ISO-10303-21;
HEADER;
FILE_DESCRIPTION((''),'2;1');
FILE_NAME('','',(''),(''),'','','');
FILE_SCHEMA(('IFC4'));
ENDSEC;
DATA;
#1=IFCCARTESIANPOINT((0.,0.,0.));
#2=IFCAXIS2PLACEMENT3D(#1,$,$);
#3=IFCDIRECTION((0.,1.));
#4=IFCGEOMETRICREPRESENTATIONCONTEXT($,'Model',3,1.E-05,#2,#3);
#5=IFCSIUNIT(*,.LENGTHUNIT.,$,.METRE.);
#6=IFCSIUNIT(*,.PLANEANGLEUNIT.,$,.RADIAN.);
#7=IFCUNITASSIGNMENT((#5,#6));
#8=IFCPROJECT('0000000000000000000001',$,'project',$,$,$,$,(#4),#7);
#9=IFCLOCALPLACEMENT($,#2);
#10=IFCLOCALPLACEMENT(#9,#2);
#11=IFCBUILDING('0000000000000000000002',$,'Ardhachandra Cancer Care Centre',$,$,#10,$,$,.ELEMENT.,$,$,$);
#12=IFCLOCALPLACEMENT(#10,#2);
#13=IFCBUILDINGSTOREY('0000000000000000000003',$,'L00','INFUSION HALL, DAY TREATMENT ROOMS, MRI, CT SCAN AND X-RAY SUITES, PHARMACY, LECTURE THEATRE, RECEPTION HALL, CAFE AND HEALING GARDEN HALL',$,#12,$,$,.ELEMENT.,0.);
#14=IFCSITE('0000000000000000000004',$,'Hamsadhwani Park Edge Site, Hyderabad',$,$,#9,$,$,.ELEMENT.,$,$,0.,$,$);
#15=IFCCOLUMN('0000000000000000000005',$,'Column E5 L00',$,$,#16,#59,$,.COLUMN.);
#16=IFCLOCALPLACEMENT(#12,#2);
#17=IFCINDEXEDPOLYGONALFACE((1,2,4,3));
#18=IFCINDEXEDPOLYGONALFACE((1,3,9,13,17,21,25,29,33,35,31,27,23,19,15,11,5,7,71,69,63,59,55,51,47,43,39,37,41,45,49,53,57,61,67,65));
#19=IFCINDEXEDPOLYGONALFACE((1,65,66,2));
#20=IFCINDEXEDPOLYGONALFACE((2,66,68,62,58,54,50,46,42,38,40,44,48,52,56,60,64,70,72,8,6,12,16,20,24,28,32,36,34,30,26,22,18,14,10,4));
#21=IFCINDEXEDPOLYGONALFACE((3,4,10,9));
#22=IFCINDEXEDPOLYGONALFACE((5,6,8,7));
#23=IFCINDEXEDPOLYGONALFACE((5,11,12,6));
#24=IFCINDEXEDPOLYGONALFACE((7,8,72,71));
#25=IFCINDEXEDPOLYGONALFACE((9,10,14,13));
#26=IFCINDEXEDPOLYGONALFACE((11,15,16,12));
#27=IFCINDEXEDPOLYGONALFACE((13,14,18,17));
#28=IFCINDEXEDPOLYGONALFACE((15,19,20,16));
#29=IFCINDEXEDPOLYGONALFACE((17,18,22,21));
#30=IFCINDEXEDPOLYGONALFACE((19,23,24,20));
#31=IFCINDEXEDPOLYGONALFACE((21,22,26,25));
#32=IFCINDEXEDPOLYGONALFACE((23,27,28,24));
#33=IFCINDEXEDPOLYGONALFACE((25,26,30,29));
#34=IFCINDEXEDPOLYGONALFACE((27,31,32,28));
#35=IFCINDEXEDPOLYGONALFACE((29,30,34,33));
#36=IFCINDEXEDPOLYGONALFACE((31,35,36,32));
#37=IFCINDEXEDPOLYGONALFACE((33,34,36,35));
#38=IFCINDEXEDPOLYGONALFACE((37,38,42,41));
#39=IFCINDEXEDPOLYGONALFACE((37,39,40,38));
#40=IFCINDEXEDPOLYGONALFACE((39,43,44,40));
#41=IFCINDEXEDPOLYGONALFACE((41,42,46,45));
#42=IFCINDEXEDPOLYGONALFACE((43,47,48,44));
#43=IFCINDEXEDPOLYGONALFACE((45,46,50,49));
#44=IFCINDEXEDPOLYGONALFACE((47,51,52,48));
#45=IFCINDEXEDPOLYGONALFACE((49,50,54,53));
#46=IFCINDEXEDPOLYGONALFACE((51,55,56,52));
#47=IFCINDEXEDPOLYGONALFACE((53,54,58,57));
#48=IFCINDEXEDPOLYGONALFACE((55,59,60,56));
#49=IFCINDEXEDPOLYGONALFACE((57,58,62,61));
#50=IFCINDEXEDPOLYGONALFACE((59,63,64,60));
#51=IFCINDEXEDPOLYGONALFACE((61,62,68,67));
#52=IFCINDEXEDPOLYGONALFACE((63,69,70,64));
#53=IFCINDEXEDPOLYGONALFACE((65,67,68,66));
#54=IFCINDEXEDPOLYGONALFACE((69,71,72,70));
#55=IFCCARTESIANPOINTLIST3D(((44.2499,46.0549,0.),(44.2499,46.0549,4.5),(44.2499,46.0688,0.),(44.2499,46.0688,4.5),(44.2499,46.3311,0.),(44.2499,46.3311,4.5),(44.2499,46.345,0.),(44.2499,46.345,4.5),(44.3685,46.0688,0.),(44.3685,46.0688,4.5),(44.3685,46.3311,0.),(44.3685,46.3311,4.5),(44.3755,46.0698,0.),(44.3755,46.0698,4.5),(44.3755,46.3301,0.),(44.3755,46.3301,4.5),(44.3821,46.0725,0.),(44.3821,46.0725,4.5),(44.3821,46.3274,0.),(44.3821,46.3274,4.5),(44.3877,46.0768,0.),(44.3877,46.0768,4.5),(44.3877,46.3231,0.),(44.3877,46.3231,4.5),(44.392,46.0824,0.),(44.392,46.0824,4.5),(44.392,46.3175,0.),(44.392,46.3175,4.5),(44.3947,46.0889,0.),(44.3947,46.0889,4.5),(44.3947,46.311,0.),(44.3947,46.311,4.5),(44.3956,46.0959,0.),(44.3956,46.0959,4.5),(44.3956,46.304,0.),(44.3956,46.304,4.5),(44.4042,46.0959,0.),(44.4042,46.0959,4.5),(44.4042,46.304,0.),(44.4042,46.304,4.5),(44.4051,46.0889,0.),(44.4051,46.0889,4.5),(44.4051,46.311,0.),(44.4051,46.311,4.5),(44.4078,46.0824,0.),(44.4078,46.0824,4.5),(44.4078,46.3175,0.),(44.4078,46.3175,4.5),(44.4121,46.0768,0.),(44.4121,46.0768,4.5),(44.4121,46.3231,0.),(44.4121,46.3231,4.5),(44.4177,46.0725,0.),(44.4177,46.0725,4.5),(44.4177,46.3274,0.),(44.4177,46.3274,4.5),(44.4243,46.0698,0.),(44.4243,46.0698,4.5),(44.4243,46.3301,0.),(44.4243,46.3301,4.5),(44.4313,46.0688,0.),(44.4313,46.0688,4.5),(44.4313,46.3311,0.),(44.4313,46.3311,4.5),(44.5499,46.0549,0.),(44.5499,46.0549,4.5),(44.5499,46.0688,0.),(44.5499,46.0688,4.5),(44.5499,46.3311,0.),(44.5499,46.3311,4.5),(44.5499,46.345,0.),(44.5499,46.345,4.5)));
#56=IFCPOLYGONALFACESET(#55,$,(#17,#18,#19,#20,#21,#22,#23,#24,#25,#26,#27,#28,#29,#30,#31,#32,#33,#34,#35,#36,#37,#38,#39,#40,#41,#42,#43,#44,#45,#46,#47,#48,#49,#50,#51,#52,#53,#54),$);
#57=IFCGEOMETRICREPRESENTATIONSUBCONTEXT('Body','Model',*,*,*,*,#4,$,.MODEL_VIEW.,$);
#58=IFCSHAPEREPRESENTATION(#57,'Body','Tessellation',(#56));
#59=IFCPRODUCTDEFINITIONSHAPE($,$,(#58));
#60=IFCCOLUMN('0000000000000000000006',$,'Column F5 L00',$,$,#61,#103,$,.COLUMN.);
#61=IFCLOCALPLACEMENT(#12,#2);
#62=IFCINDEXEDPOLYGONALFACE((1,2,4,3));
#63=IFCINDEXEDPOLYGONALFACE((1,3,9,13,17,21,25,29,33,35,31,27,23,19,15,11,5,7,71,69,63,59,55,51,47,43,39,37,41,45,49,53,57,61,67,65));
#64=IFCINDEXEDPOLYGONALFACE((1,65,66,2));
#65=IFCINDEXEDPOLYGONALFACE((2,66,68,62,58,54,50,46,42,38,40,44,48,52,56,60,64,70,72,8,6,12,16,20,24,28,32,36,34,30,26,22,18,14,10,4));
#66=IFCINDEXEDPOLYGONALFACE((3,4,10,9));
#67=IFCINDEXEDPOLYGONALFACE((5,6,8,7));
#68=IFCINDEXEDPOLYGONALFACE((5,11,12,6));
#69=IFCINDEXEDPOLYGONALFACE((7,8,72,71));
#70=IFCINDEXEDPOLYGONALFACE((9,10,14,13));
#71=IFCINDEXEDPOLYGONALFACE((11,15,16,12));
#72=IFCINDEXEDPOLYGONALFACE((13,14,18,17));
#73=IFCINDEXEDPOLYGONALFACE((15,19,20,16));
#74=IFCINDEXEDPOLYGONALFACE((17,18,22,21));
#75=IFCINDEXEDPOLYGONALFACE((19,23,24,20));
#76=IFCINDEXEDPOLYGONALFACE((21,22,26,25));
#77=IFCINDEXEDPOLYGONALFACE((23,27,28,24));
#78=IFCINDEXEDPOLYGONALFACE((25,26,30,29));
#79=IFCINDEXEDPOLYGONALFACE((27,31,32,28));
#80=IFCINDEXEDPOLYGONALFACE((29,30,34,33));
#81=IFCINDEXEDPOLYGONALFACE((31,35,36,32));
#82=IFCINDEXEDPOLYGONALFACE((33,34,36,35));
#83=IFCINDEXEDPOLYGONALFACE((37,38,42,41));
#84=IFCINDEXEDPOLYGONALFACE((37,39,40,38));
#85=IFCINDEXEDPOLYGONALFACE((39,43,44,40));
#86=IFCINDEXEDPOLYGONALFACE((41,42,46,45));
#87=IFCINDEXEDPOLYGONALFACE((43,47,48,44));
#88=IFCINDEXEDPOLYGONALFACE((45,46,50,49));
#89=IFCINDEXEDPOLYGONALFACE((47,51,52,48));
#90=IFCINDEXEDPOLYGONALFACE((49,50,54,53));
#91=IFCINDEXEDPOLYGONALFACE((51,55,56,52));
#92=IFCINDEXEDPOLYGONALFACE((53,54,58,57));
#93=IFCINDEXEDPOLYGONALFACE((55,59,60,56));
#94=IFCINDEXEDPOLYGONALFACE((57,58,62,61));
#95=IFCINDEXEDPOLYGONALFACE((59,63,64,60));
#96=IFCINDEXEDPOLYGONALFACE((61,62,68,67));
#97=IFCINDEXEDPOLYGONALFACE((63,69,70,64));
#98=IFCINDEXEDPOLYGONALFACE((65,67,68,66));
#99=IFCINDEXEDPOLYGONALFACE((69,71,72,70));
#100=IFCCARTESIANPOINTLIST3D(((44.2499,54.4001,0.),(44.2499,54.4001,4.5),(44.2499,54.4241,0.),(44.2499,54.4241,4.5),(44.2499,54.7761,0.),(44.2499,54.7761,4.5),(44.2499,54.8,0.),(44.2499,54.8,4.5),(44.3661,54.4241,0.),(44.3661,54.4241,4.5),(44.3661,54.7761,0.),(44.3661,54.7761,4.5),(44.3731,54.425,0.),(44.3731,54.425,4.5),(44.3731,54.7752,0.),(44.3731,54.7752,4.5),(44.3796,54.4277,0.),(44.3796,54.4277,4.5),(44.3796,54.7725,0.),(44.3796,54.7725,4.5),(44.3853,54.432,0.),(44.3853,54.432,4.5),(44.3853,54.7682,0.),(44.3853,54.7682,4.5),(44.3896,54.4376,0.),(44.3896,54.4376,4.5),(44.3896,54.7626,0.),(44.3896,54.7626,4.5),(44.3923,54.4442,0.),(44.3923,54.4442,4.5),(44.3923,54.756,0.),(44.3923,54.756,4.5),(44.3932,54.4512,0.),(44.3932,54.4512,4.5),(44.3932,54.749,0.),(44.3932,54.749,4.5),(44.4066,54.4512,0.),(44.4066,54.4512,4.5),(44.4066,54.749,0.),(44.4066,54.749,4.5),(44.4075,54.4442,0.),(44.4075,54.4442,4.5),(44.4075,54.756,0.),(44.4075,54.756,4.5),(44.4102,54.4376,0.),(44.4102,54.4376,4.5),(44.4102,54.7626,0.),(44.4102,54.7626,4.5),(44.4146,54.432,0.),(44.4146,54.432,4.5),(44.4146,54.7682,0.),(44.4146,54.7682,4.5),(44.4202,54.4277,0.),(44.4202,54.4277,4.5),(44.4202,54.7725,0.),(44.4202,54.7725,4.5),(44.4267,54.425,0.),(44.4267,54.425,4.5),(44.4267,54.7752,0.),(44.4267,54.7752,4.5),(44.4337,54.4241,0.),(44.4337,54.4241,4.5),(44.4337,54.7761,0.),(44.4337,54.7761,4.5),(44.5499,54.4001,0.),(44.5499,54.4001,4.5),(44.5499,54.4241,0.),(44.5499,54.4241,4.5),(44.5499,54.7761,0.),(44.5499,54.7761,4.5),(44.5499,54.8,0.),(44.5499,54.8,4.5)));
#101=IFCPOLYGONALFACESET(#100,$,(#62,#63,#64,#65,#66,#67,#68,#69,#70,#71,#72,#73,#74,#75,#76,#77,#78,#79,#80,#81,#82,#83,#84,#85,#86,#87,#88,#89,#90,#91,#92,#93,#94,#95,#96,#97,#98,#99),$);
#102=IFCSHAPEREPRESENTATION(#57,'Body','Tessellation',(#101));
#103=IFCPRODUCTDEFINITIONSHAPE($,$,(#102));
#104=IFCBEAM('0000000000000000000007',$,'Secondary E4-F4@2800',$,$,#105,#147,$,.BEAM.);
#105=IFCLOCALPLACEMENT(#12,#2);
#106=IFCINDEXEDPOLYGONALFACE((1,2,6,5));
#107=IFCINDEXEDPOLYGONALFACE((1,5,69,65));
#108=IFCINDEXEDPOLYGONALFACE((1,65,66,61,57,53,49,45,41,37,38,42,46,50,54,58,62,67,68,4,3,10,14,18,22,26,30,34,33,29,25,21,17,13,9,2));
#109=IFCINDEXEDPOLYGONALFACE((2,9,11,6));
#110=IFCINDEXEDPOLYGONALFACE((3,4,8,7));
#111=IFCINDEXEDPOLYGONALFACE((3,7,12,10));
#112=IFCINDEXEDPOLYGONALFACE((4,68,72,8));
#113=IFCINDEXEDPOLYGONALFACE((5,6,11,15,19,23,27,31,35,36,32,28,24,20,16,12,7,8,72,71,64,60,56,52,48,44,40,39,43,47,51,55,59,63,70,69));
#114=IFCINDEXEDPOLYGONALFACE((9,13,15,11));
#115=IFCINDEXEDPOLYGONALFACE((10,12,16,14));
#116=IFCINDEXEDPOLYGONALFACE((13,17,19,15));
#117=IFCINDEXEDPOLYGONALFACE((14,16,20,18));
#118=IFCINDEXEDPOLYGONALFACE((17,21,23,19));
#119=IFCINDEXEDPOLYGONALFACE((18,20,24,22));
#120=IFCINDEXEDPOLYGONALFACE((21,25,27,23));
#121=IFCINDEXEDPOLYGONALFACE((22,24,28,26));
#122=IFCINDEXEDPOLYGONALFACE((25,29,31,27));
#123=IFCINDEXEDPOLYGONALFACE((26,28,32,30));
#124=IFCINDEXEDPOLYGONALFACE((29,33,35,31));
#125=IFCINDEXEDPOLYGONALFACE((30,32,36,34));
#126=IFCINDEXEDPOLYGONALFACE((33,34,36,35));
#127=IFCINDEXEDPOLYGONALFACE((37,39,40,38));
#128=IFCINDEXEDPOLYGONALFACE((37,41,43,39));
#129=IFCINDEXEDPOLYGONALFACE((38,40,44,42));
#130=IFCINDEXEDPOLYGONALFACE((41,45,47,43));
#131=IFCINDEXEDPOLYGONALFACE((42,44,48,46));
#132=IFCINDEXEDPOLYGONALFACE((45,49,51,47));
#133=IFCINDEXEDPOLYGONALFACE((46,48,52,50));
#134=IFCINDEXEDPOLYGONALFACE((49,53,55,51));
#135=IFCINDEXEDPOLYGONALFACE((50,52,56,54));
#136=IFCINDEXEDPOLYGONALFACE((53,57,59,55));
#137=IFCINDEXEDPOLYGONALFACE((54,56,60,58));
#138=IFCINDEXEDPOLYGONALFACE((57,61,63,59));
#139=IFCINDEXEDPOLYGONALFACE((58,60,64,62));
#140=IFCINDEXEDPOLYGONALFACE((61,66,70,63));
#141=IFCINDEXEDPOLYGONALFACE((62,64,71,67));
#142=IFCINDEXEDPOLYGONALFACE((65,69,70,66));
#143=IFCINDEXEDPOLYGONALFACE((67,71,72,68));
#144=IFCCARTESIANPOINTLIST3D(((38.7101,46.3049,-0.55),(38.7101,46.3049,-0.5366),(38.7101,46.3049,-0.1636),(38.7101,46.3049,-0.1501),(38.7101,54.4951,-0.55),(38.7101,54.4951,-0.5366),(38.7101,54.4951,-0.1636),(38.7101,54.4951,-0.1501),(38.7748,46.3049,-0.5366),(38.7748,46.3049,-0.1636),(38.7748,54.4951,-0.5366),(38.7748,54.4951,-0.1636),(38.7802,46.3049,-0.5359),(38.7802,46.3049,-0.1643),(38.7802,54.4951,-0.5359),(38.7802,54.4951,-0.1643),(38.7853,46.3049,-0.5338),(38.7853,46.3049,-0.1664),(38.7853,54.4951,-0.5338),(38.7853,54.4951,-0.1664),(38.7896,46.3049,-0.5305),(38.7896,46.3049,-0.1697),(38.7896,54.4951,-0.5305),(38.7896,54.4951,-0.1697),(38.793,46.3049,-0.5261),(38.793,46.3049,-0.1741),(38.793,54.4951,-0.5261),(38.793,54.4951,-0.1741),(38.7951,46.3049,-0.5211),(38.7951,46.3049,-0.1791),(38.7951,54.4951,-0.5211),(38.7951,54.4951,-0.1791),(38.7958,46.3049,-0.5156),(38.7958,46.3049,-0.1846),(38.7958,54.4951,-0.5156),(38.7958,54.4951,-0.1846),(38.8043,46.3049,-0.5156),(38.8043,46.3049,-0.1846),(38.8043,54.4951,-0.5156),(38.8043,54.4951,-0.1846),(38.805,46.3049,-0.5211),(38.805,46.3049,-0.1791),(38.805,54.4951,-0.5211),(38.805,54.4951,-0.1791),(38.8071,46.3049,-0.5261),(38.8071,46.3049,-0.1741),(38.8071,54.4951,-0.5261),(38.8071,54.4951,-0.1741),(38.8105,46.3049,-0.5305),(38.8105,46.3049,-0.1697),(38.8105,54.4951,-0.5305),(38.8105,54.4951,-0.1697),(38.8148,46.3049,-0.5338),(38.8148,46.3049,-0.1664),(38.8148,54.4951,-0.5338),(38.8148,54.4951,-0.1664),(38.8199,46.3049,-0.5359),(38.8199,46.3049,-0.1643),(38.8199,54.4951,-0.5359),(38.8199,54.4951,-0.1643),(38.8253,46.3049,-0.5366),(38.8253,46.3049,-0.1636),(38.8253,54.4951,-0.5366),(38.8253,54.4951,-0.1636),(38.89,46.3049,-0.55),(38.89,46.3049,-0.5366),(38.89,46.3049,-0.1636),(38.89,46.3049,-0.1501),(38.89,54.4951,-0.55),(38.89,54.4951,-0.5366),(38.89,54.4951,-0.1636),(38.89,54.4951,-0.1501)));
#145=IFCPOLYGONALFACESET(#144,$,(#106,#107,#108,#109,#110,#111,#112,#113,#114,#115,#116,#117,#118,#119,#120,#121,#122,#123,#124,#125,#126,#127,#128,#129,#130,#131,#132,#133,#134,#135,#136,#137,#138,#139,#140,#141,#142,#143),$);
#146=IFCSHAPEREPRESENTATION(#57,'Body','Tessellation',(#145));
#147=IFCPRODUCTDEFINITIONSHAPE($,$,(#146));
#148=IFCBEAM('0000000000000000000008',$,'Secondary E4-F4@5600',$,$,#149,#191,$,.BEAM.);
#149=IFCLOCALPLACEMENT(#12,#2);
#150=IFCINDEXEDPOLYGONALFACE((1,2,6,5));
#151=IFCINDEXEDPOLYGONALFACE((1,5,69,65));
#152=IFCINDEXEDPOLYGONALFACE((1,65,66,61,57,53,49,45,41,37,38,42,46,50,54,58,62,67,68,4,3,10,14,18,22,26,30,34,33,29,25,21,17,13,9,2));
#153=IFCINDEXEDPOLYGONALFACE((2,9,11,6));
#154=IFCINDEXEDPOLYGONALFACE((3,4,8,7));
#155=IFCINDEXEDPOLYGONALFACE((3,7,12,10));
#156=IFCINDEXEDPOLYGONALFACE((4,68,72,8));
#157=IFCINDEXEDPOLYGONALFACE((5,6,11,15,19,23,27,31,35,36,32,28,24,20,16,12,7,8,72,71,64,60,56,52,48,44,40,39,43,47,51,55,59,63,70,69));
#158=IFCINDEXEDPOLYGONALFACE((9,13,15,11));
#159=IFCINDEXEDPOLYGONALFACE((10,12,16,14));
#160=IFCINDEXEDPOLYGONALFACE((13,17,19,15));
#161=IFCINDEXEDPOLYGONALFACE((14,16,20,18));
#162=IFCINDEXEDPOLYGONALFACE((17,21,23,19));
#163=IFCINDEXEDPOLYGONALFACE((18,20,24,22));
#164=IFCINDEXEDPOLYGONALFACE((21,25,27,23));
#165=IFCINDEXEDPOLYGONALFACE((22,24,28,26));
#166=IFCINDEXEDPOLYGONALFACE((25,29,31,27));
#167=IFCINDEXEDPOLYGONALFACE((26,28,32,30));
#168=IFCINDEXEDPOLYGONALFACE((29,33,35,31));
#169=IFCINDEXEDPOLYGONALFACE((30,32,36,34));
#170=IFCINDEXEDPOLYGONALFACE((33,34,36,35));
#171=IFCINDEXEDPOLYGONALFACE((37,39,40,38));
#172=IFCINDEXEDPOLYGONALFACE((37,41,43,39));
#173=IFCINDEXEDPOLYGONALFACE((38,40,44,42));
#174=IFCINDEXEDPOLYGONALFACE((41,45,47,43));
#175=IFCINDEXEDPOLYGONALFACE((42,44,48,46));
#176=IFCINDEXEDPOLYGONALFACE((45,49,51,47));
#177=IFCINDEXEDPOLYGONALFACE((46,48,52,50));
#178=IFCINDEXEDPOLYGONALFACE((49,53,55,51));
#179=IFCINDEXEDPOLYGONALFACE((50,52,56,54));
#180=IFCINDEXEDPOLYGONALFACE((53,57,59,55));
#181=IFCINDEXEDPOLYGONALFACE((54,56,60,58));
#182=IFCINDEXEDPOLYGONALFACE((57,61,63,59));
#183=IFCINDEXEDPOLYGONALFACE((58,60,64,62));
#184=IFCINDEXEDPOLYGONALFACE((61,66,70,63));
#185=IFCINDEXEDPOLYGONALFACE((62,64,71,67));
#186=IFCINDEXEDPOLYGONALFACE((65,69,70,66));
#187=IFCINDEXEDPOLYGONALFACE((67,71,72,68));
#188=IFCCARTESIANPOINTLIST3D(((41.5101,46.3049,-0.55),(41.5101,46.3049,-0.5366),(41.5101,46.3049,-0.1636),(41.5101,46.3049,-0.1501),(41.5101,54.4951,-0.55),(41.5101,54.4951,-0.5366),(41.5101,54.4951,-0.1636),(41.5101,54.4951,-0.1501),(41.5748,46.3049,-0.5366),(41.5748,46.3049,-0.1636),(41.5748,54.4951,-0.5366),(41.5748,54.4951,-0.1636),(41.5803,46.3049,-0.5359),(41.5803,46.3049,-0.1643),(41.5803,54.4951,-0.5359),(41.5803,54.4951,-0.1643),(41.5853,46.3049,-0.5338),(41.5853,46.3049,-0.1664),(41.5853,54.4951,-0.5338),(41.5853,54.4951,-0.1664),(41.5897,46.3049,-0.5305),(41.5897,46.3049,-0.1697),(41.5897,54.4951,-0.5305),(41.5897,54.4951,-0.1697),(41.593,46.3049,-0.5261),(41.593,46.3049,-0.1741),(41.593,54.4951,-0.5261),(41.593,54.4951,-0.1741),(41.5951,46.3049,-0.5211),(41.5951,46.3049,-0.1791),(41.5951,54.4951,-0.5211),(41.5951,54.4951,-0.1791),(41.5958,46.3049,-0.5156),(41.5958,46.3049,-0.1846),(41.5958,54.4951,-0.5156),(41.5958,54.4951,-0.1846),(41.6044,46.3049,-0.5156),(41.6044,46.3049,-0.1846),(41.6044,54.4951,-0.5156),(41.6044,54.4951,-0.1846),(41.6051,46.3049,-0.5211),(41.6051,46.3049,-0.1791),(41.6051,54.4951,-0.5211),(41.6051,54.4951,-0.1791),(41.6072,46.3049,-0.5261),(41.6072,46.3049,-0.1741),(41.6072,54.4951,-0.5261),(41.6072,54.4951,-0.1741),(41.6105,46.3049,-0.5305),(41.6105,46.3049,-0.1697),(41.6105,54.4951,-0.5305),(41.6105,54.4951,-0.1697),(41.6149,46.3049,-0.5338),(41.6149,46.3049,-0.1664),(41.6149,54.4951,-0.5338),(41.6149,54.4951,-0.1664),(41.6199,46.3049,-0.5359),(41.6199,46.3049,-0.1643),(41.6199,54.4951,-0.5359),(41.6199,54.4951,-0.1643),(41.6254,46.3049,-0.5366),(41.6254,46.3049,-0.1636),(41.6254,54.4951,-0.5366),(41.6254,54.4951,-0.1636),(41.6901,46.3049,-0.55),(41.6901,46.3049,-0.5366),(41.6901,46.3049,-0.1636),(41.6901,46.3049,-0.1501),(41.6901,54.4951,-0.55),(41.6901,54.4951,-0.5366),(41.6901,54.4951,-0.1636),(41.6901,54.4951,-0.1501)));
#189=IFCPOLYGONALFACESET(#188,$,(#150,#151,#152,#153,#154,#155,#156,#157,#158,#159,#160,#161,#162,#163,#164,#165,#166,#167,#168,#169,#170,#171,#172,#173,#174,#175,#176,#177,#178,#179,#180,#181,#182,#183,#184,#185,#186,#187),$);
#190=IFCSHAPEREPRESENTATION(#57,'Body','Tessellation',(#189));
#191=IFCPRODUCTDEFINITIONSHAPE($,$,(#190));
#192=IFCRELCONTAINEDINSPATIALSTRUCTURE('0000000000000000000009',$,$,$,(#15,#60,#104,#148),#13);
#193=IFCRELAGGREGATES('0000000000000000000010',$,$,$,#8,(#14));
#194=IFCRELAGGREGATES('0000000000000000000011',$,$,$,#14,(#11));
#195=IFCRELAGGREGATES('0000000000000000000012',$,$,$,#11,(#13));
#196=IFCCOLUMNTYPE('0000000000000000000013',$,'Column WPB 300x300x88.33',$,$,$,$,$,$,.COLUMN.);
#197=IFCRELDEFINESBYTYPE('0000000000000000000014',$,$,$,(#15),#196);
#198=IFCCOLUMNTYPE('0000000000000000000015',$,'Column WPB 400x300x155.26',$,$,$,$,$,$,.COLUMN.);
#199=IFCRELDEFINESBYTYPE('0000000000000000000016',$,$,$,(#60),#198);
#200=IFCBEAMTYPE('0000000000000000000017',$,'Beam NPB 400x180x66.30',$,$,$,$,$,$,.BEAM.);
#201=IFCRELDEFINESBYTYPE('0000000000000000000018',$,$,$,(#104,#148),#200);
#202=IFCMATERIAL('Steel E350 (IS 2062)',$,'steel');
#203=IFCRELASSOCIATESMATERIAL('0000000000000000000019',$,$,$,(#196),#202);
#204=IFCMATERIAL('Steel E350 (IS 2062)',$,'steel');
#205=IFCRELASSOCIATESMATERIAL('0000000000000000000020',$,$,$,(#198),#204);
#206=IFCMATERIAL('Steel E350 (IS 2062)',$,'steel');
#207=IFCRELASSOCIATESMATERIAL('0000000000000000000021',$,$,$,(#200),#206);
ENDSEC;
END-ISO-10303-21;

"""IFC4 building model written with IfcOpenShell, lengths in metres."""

from ifc_helpers import new_model, si_unit, direction, frame, origin, origin_2d, place, context, subcontext, project, spatial, i_section, extrude, material, material_profile, profile_set, type_object, element, save


model = new_model("IFC4")

# Units and contexts
model_context = context("Model", 3, precision=1e-05, world=origin(), true_north=direction((0.0, 1.0)))
body_context = subcontext(model_context, "Body", "Model", "MODEL_VIEW")
ifc_project = project(units=[si_unit("LENGTHUNIT", "METRE"), si_unit("PLANEANGLEUNIT", "RADIAN")], contexts=[model_context])

# Site, building, storey
site_placement = place(None, origin())
site = spatial("IfcSite", under=ifc_project, at=site_placement, Name="Hamsadhwani Park Edge Site, Hyderabad", CompositionType="ELEMENT", RefElevation=0.0)
building_placement = place(site_placement, origin())
building = spatial("IfcBuilding", under=site, at=building_placement, Name="Ardhachandra Cancer Care Centre", CompositionType="ELEMENT")
storey_placement = place(building_placement, origin())
storey = spatial("IfcBuildingStorey", under=building, at=storey_placement, Name="L00", Description="INFUSION HALL, DAY TREATMENT ROOMS, MRI, CT SCAN AND X-RAY SUITES, PHARMACY, LECTURE THEATRE, RECEPTION HALL, CAFE AND HEALING GARDEN HALL", CompositionType="ELEMENT", Elevation=0.0)

# Columns
ifc_material_1 = material(Name="Steel E350 (IS 2062)", Category="steel")
ifc_material_profile_1 = material_profile(ifc_material_1, i_section(OverallWidth=0.3, OverallDepth=0.29, WebThickness=0.0085, FlangeThickness=0.0139, FilletRadius=0.0271, at=origin_2d()), Name="WPB 300x300x88.33")
ifc_profile_set_1 = profile_set([ifc_material_profile_1], Name="Steel E350 (IS 2062)")
column_type_1 = type_object("IfcColumnType", Name="Column WPB 300x300x88.33", PredefinedType="COLUMN", material=ifc_profile_set_1)
column_1_placement = place(storey_placement, frame((44.3999, 46.2, 0.0), z_axis=(0.0, 0.0, 1.0), x_axis=(1.0, 0.0, 0.0)))
element("IfcColumn", 1, at=column_1_placement, inside=storey, type_object=column_type_1, Name="Column E5 L00", PredefinedType="COLUMN", context=body_context, shape_type="SweptSolid", body=[
    extrude(i_section(OverallWidth=0.3, OverallDepth=0.29, WebThickness=0.0085, FlangeThickness=0.0139, FilletRadius=0.0271, at=origin_2d()), origin(), (0.0, 0.0, 1.0), 4.5),
])
ifc_material_2 = material(Name="Steel E350 (IS 2062)", Category="steel")
ifc_material_profile_2 = material_profile(ifc_material_2, i_section(OverallWidth=0.3, OverallDepth=0.3999, WebThickness=0.0134, FlangeThickness=0.0239, FilletRadius=0.0271, at=origin_2d()), Name="WPB 400x300x155.26")
ifc_profile_set_2 = profile_set([ifc_material_profile_2], Name="Steel E350 (IS 2062)")
column_type_2 = type_object("IfcColumnType", Name="Column WPB 400x300x155.26", PredefinedType="COLUMN", material=ifc_profile_set_2)
column_2_placement = place(storey_placement, frame((44.3999, 54.6001, 0.0), z_axis=(0.0, 0.0, 1.0), x_axis=(1.0, 0.0, 0.0)))
element("IfcColumn", 2, at=column_2_placement, inside=storey, type_object=column_type_2, Name="Column F5 L00", PredefinedType="COLUMN", context=body_context, shape_type="SweptSolid", body=[
    extrude(i_section(OverallWidth=0.3, OverallDepth=0.3999, WebThickness=0.0134, FlangeThickness=0.0239, FilletRadius=0.0271, at=origin_2d()), origin(), (0.0, 0.0, 1.0), 4.5),
])

# Beams
ifc_material_3 = material(Name="Steel E350 (IS 2062)", Category="steel")
ifc_material_profile_3 = material_profile(ifc_material_3, i_section(OverallWidth=0.1799, OverallDepth=0.3999, WebThickness=0.0085, FlangeThickness=0.0134, FilletRadius=0.021, at=origin_2d()), Name="NPB 400x180x66.30")
ifc_profile_set_3 = profile_set([ifc_material_profile_3], Name="Steel E350 (IS 2062)")
beam_type_1 = type_object("IfcBeamType", Name="Beam NPB 400x180x66.30", PredefinedType="BEAM", material=ifc_profile_set_3)
for number, where, z_axis, x_axis, name in (
    (3, (38.8, 46.3049, -0.3501), (0.0, 1.0, 0.0), (-1.0, 0.0, 0.0), "Secondary E4-F4@2800"),
    (4, (41.6001, 46.3049, -0.3501), (0.0, 1.0, 0.0), (-1.0, 0.0, 0.0), "Secondary E4-F4@5600"),
):
    element("IfcBeam", number, at=place(storey_placement, frame(where, z_axis=z_axis, x_axis=x_axis)), inside=storey, type_object=beam_type_1, Name=name, PredefinedType="BEAM", context=body_context, shape_type="SweptSolid", body=[
        extrude(i_section(OverallWidth=0.1799, OverallDepth=0.3999, WebThickness=0.0085, FlangeThickness=0.0134, FilletRadius=0.021, at=origin_2d()), origin(), (0.0, 0.0, 1.0), 8.1902),
    ])

save(model, "model.ifc")
